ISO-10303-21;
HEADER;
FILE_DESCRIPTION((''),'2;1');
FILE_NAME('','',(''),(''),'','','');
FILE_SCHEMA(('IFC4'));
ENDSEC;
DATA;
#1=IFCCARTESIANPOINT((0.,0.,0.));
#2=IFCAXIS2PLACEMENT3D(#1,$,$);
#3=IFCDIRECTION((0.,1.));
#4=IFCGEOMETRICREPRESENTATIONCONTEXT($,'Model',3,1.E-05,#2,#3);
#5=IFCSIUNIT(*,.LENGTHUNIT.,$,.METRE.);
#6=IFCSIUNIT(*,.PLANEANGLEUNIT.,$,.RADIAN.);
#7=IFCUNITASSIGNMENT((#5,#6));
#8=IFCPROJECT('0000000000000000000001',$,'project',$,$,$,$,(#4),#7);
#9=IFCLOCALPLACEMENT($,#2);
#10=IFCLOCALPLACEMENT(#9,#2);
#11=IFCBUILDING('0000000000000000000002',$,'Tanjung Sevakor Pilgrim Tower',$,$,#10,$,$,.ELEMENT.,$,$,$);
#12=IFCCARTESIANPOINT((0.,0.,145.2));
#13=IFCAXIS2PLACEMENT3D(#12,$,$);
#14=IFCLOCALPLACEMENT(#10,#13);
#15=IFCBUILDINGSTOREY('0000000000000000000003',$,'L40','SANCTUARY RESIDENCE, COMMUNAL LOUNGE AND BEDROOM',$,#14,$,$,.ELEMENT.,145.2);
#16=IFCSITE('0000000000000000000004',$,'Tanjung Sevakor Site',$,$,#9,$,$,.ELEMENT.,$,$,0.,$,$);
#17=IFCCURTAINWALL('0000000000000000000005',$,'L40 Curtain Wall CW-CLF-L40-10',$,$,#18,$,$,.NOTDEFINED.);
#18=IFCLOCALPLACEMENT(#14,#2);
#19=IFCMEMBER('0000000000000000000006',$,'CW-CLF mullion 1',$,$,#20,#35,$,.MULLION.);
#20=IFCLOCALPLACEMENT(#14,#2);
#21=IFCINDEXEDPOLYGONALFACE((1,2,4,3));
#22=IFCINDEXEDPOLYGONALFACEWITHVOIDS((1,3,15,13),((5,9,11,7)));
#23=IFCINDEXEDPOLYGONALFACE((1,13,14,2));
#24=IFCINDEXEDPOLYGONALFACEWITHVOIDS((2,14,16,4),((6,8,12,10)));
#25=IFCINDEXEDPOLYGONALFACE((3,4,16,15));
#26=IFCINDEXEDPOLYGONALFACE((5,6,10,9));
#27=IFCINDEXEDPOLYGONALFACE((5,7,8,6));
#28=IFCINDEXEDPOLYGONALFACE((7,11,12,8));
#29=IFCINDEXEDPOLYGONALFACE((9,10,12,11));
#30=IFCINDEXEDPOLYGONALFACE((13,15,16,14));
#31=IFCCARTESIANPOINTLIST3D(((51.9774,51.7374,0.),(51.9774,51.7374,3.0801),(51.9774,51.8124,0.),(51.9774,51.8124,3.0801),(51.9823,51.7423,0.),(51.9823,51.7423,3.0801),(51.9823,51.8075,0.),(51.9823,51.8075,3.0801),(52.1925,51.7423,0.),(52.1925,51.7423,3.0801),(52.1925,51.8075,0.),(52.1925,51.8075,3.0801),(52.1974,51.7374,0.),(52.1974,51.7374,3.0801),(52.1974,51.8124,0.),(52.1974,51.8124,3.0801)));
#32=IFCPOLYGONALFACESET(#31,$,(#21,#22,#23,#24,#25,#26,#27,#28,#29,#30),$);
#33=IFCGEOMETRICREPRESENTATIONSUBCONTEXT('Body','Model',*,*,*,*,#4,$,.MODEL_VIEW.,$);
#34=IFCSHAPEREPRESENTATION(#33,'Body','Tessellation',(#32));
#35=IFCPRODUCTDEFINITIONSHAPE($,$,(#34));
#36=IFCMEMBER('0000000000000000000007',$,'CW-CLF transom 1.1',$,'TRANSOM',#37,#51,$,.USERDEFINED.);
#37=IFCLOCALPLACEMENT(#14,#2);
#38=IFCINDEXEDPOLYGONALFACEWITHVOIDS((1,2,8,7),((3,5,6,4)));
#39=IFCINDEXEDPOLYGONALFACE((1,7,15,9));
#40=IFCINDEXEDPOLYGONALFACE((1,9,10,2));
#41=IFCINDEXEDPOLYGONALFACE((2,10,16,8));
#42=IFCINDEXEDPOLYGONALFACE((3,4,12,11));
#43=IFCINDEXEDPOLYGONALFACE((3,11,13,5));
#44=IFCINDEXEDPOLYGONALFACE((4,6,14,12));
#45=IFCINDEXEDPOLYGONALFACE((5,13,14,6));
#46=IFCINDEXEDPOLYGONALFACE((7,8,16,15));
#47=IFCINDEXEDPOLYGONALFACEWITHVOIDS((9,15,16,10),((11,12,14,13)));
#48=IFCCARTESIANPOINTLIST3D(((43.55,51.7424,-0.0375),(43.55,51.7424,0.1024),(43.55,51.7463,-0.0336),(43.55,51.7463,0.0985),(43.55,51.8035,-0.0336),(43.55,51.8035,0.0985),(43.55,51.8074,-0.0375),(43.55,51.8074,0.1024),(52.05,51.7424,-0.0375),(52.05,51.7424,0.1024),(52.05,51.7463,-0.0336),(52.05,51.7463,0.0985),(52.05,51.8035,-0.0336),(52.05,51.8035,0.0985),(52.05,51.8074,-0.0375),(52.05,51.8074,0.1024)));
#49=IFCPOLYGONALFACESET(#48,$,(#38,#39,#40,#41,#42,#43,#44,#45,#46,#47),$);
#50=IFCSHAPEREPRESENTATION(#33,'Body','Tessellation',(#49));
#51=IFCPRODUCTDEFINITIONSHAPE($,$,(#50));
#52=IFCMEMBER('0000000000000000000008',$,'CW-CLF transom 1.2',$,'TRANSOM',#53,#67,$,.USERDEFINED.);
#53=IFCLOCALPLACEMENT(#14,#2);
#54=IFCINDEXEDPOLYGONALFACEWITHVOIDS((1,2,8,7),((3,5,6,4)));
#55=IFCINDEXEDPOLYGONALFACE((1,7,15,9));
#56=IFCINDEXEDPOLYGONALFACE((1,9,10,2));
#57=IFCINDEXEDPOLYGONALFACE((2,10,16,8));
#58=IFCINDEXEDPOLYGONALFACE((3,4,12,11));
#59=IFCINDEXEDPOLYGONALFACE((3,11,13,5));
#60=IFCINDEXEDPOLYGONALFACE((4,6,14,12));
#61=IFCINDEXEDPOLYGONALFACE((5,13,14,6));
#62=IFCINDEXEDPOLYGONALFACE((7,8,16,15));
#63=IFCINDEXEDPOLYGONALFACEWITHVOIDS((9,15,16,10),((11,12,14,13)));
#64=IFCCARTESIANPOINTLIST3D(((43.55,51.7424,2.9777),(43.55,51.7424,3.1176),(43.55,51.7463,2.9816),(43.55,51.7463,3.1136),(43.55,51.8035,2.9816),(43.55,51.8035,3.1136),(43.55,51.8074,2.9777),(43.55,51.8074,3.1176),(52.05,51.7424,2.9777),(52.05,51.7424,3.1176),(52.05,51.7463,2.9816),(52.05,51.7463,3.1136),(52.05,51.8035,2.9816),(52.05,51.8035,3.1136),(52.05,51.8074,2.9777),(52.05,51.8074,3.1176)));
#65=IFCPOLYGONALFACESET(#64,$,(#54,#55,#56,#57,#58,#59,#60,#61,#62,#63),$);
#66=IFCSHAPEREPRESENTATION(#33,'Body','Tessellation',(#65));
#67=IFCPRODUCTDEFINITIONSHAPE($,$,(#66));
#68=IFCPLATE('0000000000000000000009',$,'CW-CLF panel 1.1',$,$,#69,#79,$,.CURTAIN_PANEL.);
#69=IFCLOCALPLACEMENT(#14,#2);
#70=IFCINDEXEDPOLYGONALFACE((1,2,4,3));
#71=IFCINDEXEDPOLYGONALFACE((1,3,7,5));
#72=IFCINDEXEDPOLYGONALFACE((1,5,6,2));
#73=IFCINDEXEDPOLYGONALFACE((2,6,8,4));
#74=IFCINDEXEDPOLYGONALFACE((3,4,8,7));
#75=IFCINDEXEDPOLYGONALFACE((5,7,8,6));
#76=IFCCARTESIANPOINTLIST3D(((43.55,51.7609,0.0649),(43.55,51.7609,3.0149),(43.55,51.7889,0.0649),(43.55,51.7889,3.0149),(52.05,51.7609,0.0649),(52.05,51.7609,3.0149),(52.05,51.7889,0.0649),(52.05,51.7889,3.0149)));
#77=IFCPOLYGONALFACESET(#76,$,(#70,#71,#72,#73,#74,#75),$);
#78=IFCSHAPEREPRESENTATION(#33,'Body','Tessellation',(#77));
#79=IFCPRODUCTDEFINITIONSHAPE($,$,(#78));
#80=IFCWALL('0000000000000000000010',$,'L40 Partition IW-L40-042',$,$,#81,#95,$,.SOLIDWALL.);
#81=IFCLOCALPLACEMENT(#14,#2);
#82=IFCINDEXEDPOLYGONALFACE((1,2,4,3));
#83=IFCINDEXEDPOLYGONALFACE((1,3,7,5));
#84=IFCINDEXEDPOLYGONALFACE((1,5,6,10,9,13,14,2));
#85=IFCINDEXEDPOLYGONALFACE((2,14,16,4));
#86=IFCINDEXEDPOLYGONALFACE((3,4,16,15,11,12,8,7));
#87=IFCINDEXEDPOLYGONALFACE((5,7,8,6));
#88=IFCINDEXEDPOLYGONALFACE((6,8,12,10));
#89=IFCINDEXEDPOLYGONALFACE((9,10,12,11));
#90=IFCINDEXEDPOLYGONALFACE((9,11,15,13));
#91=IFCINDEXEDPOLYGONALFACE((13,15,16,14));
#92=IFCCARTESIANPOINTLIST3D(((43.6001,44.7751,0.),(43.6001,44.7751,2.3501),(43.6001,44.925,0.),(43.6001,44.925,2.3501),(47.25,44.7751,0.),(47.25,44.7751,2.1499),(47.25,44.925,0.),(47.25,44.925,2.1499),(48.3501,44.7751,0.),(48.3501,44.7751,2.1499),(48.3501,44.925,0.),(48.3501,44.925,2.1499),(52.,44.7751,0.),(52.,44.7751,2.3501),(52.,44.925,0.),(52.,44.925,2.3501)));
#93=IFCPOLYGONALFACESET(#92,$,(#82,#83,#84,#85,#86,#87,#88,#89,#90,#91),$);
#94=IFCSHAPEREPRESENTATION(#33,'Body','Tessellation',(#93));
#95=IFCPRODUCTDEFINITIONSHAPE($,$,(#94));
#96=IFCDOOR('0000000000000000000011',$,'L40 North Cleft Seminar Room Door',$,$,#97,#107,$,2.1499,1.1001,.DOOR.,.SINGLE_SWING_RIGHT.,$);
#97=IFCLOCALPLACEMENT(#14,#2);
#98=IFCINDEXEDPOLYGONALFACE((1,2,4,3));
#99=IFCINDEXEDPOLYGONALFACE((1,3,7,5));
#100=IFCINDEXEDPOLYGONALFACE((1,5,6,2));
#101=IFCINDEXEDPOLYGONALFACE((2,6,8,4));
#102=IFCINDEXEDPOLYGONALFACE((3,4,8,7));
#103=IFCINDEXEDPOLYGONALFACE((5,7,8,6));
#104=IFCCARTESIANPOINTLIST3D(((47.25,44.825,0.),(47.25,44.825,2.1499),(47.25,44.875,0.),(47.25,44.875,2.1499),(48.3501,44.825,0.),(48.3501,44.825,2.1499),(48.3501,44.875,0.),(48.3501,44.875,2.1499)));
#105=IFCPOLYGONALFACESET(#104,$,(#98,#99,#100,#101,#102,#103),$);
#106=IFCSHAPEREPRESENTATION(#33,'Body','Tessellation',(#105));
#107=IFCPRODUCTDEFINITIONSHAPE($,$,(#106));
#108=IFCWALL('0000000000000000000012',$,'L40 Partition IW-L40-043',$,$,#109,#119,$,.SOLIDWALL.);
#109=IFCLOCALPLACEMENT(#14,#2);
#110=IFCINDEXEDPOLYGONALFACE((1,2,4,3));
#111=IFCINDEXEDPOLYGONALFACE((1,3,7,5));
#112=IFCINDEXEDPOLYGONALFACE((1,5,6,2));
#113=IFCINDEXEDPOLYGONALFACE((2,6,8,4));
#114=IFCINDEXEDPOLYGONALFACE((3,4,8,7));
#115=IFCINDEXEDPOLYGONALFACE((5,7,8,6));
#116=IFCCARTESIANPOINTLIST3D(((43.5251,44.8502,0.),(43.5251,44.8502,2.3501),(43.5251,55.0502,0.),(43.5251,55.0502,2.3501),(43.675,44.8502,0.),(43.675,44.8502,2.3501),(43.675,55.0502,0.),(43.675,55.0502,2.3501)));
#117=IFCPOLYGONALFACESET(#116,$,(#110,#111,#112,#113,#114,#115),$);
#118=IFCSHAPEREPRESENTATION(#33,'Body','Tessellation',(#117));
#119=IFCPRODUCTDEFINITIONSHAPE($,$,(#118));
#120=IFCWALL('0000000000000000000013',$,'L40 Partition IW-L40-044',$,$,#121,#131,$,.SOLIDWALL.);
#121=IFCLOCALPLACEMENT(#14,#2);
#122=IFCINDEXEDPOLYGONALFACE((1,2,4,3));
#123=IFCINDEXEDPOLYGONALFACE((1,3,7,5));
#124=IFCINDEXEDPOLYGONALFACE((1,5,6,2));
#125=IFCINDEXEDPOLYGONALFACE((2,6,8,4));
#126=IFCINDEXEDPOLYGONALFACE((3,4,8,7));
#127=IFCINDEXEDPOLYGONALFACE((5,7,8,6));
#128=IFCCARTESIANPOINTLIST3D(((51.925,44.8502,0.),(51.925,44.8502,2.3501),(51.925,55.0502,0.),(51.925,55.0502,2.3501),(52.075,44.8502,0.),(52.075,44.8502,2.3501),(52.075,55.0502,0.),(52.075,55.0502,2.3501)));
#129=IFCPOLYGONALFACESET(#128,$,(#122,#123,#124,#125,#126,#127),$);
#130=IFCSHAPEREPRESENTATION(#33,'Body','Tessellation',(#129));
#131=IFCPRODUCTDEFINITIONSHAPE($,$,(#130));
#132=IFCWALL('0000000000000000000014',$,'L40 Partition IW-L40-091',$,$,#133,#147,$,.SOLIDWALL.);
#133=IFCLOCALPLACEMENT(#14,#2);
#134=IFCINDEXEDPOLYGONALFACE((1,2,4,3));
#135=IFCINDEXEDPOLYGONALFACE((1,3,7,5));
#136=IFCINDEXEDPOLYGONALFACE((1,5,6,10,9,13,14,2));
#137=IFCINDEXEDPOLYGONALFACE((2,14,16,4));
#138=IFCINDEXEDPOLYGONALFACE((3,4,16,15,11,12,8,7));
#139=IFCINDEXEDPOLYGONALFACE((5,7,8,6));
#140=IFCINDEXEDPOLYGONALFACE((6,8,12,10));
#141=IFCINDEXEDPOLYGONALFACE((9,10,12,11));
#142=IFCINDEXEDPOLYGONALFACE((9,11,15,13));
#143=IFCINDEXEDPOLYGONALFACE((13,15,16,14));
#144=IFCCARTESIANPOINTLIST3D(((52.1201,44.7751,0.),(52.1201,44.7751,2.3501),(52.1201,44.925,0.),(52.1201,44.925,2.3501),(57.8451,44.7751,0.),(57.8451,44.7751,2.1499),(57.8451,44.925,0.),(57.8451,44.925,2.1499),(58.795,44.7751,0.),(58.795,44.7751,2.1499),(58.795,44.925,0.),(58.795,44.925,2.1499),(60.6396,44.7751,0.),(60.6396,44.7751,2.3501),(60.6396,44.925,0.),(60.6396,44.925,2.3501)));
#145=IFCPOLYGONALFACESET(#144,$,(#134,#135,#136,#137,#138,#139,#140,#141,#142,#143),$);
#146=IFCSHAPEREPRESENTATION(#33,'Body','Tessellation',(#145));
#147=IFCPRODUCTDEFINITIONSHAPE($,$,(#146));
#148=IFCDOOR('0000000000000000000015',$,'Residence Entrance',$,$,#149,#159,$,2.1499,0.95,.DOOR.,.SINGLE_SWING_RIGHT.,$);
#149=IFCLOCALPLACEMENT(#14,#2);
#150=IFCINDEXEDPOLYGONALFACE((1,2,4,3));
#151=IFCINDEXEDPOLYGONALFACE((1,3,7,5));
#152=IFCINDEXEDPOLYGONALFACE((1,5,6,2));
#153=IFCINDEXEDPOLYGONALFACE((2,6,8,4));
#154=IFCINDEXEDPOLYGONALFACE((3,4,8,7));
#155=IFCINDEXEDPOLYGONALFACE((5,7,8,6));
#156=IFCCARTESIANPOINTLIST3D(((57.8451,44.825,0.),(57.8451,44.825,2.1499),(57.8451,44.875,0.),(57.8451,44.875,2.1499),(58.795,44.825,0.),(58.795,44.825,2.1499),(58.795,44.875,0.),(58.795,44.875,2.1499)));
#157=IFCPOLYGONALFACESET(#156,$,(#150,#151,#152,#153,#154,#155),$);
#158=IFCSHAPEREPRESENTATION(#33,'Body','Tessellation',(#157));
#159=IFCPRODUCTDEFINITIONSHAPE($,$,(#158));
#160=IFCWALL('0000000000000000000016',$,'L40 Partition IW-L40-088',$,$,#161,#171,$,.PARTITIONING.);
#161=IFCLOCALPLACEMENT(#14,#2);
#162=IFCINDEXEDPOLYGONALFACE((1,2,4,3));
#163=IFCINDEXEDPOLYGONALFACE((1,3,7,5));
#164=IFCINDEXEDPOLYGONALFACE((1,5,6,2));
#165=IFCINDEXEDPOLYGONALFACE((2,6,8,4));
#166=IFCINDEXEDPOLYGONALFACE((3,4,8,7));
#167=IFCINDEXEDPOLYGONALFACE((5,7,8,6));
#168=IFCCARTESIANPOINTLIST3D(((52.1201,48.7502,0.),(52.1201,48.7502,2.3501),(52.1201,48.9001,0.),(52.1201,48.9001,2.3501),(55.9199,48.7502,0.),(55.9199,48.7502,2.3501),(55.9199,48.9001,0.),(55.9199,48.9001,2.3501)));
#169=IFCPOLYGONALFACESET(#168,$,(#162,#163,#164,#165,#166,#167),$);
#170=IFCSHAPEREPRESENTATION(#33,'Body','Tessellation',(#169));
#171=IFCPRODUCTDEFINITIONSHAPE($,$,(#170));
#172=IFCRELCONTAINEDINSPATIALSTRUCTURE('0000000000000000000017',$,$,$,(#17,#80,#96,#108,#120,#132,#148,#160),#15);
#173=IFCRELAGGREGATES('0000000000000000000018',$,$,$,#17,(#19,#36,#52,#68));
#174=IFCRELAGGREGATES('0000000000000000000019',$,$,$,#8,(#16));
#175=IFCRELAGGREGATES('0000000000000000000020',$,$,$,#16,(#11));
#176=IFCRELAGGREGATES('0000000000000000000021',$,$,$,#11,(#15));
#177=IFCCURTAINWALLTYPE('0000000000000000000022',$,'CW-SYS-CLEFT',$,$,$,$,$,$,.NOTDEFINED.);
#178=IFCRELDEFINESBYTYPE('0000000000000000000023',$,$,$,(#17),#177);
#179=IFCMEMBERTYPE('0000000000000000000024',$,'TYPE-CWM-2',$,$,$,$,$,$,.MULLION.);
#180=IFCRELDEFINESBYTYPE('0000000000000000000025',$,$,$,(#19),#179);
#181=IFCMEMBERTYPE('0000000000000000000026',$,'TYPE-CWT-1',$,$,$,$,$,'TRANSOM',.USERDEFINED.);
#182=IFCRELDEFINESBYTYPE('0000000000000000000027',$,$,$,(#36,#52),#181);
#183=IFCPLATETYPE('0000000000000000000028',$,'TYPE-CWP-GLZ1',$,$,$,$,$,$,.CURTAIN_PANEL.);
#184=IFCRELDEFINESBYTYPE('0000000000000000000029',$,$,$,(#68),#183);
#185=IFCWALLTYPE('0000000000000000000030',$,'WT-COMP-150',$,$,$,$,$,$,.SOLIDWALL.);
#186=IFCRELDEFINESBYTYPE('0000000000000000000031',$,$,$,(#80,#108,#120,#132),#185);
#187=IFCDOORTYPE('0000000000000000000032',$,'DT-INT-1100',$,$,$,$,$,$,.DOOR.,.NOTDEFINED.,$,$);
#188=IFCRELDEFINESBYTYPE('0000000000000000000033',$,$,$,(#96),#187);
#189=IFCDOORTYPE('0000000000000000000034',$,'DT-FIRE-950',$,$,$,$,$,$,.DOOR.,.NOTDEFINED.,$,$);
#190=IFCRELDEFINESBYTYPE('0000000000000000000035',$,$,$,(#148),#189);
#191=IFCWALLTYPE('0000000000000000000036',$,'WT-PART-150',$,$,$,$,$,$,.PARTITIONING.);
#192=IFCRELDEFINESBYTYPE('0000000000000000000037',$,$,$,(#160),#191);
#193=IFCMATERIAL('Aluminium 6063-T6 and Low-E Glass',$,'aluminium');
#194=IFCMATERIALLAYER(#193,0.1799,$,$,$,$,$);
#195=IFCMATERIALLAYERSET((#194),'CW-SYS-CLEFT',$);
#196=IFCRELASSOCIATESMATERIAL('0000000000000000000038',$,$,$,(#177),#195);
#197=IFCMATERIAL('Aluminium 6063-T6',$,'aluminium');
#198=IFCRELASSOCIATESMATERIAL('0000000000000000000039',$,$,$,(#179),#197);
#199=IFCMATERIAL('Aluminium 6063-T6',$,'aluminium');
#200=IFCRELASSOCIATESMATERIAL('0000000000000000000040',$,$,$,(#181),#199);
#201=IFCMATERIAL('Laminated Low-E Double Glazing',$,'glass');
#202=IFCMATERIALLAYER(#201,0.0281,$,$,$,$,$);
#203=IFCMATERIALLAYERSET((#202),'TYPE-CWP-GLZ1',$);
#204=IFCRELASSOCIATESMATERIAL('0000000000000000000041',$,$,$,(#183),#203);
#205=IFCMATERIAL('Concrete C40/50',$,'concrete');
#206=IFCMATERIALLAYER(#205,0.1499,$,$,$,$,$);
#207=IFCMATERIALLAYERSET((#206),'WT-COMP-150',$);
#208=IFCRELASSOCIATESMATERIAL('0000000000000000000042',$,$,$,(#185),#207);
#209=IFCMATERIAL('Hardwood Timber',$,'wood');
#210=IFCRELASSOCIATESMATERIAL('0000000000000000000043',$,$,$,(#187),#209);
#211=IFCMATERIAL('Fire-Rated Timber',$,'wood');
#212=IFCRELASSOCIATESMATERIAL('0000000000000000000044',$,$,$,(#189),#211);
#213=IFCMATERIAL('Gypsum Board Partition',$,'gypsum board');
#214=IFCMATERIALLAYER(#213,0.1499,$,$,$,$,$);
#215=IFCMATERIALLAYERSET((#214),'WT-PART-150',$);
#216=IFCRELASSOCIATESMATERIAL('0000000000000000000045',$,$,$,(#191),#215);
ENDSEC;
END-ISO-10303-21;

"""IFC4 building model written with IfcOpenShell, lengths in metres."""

from ifc_helpers import new_model, si_unit, direction, frame, frame_2d, origin, origin_2d, place, context, subcontext, project, spatial, rectangle, hollow_rectangle, extrude, material, layer, layer_set, material_profile, profile_set, type_object, element, fill, aggregate, save


model = new_model("IFC4")

# Units and contexts
model_context = context("Model", 3, precision=1e-05, world=origin(), true_north=direction((0.0, 1.0)))
body_context = subcontext(model_context, "Body", "Model", "MODEL_VIEW")
ifc_project = project(units=[si_unit("LENGTHUNIT", "METRE"), si_unit("PLANEANGLEUNIT", "RADIAN")], contexts=[model_context])

# Site, building, storey
site_placement = place(None, origin())
site = spatial("IfcSite", under=ifc_project, at=site_placement, Name="Tanjung Sevakor Site", CompositionType="ELEMENT", RefElevation=0.0)
building_placement = place(site_placement, origin())
building = spatial("IfcBuilding", under=site, at=building_placement, Name="Tanjung Sevakor Pilgrim Tower", CompositionType="ELEMENT")
storey_placement = place(building_placement, frame((0.0, 0.0, 145.2)))
storey = spatial("IfcBuildingStorey", under=building, at=storey_placement, Name="L40", Description="SANCTUARY RESIDENCE, COMMUNAL LOUNGE AND BEDROOM", CompositionType="ELEMENT", Elevation=145.2)

# Curtain wall, members, plate
ifc_material_1 = material(Name="Aluminium 6063-T6 and Low-E Glass", Category="aluminium")
ifc_layer_1 = layer(ifc_material_1, 0.1799)
ifc_layer_set_1 = layer_set([ifc_layer_1], Name="CW-SYS-CLEFT")
curtain_wall_type = type_object("IfcCurtainWallType", Name="CW-SYS-CLEFT", PredefinedType="NOTDEFINED", material=ifc_layer_set_1)
curtain_wall_placement = place(storey_placement, origin())
curtain_wall = element("IfcCurtainWall", 1, at=curtain_wall_placement, inside=storey, type_object=curtain_wall_type, Name="L40 Curtain Wall CW-CLF-L40-10", PredefinedType="NOTDEFINED")
ifc_material_2 = material(Name="Aluminium 6063-T6", Category="aluminium")
ifc_material_profile_1 = material_profile(ifc_material_2, hollow_rectangle(XDim=0.075, YDim=0.22, WallThickness=0.0049, at=origin_2d()))
ifc_profile_set_1 = profile_set([ifc_material_profile_1], Name="Aluminium 6063-T6")
member_type_1 = type_object("IfcMemberType", Name="TYPE-CWM-2", PredefinedType="MULLION", material=ifc_profile_set_1)
member_1_placement = place(storey_placement, frame((52.0874, 51.7749, 0.0), z_axis=(0.0, 0.0, 1.0), x_axis=(0.0, -1.0, 0.0)))
member_1 = element("IfcMember", 2, at=member_1_placement, type_object=member_type_1, Name="CW-CLF mullion 1", PredefinedType="MULLION", context=body_context, shape_type="SweptSolid", body=[
    extrude(hollow_rectangle(XDim=0.075, YDim=0.22, WallThickness=0.0049, at=origin_2d()), origin(), (0.0, 0.0, 1.0), 3.0801),
])
ifc_material_3 = material(Name="Aluminium 6063-T6", Category="aluminium")
ifc_material_profile_2 = material_profile(ifc_material_3, hollow_rectangle(XDim=0.0649, YDim=0.1399, WallThickness=0.0039, at=origin_2d()))
ifc_profile_set_2 = profile_set([ifc_material_profile_2], Name="Aluminium 6063-T6")
member_type_2 = type_object("IfcMemberType", Name="TYPE-CWT-1", ElementType="TRANSOM", PredefinedType="USERDEFINED", material=ifc_profile_set_2)
member_2_placement = place(storey_placement, frame((52.05, 51.7749, 0.0325), z_axis=(-1.0, 0.0, 0.0), x_axis=(0.0, -1.0, 0.0)))
member_2 = element("IfcMember", 3, at=member_2_placement, type_object=member_type_2, Name="CW-CLF transom 1.1", ObjectType="TRANSOM", PredefinedType="USERDEFINED", context=body_context, shape_type="SweptSolid", body=[
    extrude(hollow_rectangle(XDim=0.0649, YDim=0.1399, WallThickness=0.0039, at=origin_2d()), origin(), (0.0, 0.0, 1.0), 8.5),
])
member_3_placement = place(storey_placement, frame((52.05, 51.7749, 3.0476), z_axis=(-1.0, 0.0, 0.0), x_axis=(0.0, -1.0, 0.0)))
member_3 = element("IfcMember", 4, at=member_3_placement, type_object=member_type_2, Name="CW-CLF transom 1.2", ObjectType="TRANSOM", PredefinedType="USERDEFINED", context=body_context, shape_type="SweptSolid", body=[
    extrude(hollow_rectangle(XDim=0.0649, YDim=0.1399, WallThickness=0.0039, at=origin_2d()), origin(), (0.0, 0.0, 1.0), 8.5),
])
ifc_material_4 = material(Name="Laminated Low-E Double Glazing", Category="glass")
ifc_layer_2 = layer(ifc_material_4, 0.0281)
ifc_layer_set_2 = layer_set([ifc_layer_2], Name="TYPE-CWP-GLZ1")
plate_type = type_object("IfcPlateType", Name="TYPE-CWP-GLZ1", PredefinedType="CURTAIN_PANEL", material=ifc_layer_set_2)
plate_placement = place(storey_placement, frame((47.8, 51.7749, 0.0649), z_axis=(0.0, 0.0, 1.0), x_axis=(-1.0, 0.0, 0.0)))
plate = element("IfcPlate", 5, at=plate_placement, type_object=plate_type, Name="CW-CLF panel 1.1", PredefinedType="CURTAIN_PANEL", context=body_context, shape_type="SweptSolid", body=[
    extrude(rectangle(XDim=8.5, YDim=0.0281, at=origin_2d()), origin(), (0.0, 0.0, 1.0), 2.95),
])
aggregate(curtain_wall, [member_1, member_2, member_3, plate])

# Wall, opening, door
ifc_material_5 = material(Name="Concrete C40/50", Category="concrete")
ifc_layer_3 = layer(ifc_material_5, 0.1499)
ifc_layer_set_3 = layer_set([ifc_layer_3], Name="WT-COMP-150")
wall_type_1 = type_object("IfcWallType", Name="WT-COMP-150", PredefinedType="SOLIDWALL", material=ifc_layer_set_3)
wall_1_placement = place(storey_placement, frame((43.6001, 44.8501, 0.0), z_axis=(0.0, 0.0, 1.0), x_axis=(1.0, 0.0, 0.0)))
wall_1 = element("IfcWall", 6, at=wall_1_placement, inside=storey, type_object=wall_type_1, Name="L40 Partition IW-L40-042", PredefinedType="SOLIDWALL", context=body_context, shape_type="SweptSolid", body=[
    extrude(rectangle(XDim=8.3999, YDim=0.1499, at=frame_2d((4.2, 0.0))), origin(), (0.0, 0.0, 1.0), 2.3501),
])
opening_1_placement = place(wall_1_placement, frame((3.6499, 0.0, 0.0)))
opening_1 = element("IfcOpeningElement", 7, at=opening_1_placement, cuts=wall_1, PredefinedType="OPENING", context=body_context, shape_type="SweptSolid", body=[
    extrude(rectangle(XDim=1.1001, YDim=2.1499, at=frame_2d((0.55, 1.075))), frame((0.0, 0.085, 0.0), z_axis=(0.0, -1.0, 0.0), x_axis=(1.0, 0.0, 0.0)), (0.0, 0.0, 1.0), 0.1699),
])
ifc_material_6 = material(Name="Hardwood Timber", Category="wood")
door_type_1 = type_object("IfcDoorType", Name="DT-INT-1100", OperationType="NOTDEFINED", PredefinedType="DOOR", material=ifc_material_6)
door_1_placement = place(opening_1_placement, origin())
door_1 = element("IfcDoor", 8, at=door_1_placement, inside=storey, type_object=door_type_1, Name="L40 North Cleft Seminar Room Door", OperationType="SINGLE_SWING_RIGHT", OverallHeight=2.1499, OverallWidth=1.1001, PredefinedType="DOOR", context=body_context, shape_type="SweptSolid", body=[
    extrude(rectangle(XDim=1.1001, YDim=2.1499, at=frame_2d((0.55, 1.075))), frame((0.0, 0.0249, 0.0), z_axis=(0.0, -1.0, 0.0), x_axis=(1.0, 0.0, 0.0)), (0.0, 0.0, 1.0), 0.05),
])
fill(opening_1, door_1)

# Walls
for number, where, z_axis, x_axis, name in (
    (9, (43.6001, 44.8501, 0.0), (0.0, 0.0, 1.0), (0.0, 1.0, 0.0), "L40 Partition IW-L40-043"),
    (10, (52.0, 44.8501, 0.0), (0.0, 0.0, 1.0), (0.0, 1.0, 0.0), "L40 Partition IW-L40-044"),
):
    element("IfcWall", number, at=place(storey_placement, frame(where, z_axis=z_axis, x_axis=x_axis)), inside=storey, type_object=wall_type_1, Name=name, PredefinedType="SOLIDWALL", context=body_context, shape_type="SweptSolid", body=[
        extrude(rectangle(XDim=10.2, YDim=0.1499, at=frame_2d((5.1001, 0.0))), origin(), (0.0, 0.0, 1.0), 2.3501),
    ])

# Wall, opening, door
wall_2_placement = place(storey_placement, frame((52.1201, 44.8501, 0.0), z_axis=(0.0, 0.0, 1.0), x_axis=(1.0, 0.0, 0.0)))
wall_2 = element("IfcWall", 11, at=wall_2_placement, inside=storey, type_object=wall_type_1, Name="L40 Partition IW-L40-091", PredefinedType="SOLIDWALL", context=body_context, shape_type="SweptSolid", body=[
    extrude(rectangle(XDim=8.5195, YDim=0.1499, at=frame_2d((4.2598, 0.0))), origin(), (0.0, 0.0, 1.0), 2.3501),
])
opening_2_placement = place(wall_2_placement, frame((5.7249, 0.0, 0.0)))
opening_2 = element("IfcOpeningElement", 12, at=opening_2_placement, cuts=wall_2, PredefinedType="OPENING", context=body_context, shape_type="SweptSolid", body=[
    extrude(rectangle(XDim=0.95, YDim=2.1499, at=frame_2d((0.4751, 1.075))), frame((0.0, 0.085, 0.0), z_axis=(0.0, -1.0, 0.0), x_axis=(1.0, 0.0, 0.0)), (0.0, 0.0, 1.0), 0.1699),
])
ifc_material_7 = material(Name="Fire-Rated Timber", Category="wood")
door_type_2 = type_object("IfcDoorType", Name="DT-FIRE-950", OperationType="NOTDEFINED", PredefinedType="DOOR", material=ifc_material_7)
door_2_placement = place(opening_2_placement, origin())
door_2 = element("IfcDoor", 13, at=door_2_placement, inside=storey, type_object=door_type_2, Name="Residence Entrance", OperationType="SINGLE_SWING_RIGHT", OverallHeight=2.1499, OverallWidth=0.95, PredefinedType="DOOR", context=body_context, shape_type="SweptSolid", body=[
    extrude(rectangle(XDim=0.95, YDim=2.1499, at=frame_2d((0.4751, 1.075))), frame((0.0, 0.0249, 0.0), z_axis=(0.0, -1.0, 0.0), x_axis=(1.0, 0.0, 0.0)), (0.0, 0.0, 1.0), 0.05),
])
fill(opening_2, door_2)

# Wall
ifc_material_8 = material(Name="Gypsum Board Partition", Category="gypsum board")
ifc_layer_4 = layer(ifc_material_8, 0.1499)
ifc_layer_set_4 = layer_set([ifc_layer_4], Name="WT-PART-150")
wall_type_2 = type_object("IfcWallType", Name="WT-PART-150", PredefinedType="PARTITIONING", material=ifc_layer_set_4)
wall_3_placement = place(storey_placement, frame((52.1201, 48.8252, 0.0), z_axis=(0.0, 0.0, 1.0), x_axis=(1.0, 0.0, 0.0)))
element("IfcWall", 14, at=wall_3_placement, inside=storey, type_object=wall_type_2, Name="L40 Partition IW-L40-088", PredefinedType="PARTITIONING", context=body_context, shape_type="SweptSolid", body=[
    extrude(rectangle(XDim=3.7998, YDim=0.1499, at=frame_2d((1.8999, 0.0))), origin(), (0.0, 0.0, 1.0), 2.3501),
])

save(model, "model.ifc")
